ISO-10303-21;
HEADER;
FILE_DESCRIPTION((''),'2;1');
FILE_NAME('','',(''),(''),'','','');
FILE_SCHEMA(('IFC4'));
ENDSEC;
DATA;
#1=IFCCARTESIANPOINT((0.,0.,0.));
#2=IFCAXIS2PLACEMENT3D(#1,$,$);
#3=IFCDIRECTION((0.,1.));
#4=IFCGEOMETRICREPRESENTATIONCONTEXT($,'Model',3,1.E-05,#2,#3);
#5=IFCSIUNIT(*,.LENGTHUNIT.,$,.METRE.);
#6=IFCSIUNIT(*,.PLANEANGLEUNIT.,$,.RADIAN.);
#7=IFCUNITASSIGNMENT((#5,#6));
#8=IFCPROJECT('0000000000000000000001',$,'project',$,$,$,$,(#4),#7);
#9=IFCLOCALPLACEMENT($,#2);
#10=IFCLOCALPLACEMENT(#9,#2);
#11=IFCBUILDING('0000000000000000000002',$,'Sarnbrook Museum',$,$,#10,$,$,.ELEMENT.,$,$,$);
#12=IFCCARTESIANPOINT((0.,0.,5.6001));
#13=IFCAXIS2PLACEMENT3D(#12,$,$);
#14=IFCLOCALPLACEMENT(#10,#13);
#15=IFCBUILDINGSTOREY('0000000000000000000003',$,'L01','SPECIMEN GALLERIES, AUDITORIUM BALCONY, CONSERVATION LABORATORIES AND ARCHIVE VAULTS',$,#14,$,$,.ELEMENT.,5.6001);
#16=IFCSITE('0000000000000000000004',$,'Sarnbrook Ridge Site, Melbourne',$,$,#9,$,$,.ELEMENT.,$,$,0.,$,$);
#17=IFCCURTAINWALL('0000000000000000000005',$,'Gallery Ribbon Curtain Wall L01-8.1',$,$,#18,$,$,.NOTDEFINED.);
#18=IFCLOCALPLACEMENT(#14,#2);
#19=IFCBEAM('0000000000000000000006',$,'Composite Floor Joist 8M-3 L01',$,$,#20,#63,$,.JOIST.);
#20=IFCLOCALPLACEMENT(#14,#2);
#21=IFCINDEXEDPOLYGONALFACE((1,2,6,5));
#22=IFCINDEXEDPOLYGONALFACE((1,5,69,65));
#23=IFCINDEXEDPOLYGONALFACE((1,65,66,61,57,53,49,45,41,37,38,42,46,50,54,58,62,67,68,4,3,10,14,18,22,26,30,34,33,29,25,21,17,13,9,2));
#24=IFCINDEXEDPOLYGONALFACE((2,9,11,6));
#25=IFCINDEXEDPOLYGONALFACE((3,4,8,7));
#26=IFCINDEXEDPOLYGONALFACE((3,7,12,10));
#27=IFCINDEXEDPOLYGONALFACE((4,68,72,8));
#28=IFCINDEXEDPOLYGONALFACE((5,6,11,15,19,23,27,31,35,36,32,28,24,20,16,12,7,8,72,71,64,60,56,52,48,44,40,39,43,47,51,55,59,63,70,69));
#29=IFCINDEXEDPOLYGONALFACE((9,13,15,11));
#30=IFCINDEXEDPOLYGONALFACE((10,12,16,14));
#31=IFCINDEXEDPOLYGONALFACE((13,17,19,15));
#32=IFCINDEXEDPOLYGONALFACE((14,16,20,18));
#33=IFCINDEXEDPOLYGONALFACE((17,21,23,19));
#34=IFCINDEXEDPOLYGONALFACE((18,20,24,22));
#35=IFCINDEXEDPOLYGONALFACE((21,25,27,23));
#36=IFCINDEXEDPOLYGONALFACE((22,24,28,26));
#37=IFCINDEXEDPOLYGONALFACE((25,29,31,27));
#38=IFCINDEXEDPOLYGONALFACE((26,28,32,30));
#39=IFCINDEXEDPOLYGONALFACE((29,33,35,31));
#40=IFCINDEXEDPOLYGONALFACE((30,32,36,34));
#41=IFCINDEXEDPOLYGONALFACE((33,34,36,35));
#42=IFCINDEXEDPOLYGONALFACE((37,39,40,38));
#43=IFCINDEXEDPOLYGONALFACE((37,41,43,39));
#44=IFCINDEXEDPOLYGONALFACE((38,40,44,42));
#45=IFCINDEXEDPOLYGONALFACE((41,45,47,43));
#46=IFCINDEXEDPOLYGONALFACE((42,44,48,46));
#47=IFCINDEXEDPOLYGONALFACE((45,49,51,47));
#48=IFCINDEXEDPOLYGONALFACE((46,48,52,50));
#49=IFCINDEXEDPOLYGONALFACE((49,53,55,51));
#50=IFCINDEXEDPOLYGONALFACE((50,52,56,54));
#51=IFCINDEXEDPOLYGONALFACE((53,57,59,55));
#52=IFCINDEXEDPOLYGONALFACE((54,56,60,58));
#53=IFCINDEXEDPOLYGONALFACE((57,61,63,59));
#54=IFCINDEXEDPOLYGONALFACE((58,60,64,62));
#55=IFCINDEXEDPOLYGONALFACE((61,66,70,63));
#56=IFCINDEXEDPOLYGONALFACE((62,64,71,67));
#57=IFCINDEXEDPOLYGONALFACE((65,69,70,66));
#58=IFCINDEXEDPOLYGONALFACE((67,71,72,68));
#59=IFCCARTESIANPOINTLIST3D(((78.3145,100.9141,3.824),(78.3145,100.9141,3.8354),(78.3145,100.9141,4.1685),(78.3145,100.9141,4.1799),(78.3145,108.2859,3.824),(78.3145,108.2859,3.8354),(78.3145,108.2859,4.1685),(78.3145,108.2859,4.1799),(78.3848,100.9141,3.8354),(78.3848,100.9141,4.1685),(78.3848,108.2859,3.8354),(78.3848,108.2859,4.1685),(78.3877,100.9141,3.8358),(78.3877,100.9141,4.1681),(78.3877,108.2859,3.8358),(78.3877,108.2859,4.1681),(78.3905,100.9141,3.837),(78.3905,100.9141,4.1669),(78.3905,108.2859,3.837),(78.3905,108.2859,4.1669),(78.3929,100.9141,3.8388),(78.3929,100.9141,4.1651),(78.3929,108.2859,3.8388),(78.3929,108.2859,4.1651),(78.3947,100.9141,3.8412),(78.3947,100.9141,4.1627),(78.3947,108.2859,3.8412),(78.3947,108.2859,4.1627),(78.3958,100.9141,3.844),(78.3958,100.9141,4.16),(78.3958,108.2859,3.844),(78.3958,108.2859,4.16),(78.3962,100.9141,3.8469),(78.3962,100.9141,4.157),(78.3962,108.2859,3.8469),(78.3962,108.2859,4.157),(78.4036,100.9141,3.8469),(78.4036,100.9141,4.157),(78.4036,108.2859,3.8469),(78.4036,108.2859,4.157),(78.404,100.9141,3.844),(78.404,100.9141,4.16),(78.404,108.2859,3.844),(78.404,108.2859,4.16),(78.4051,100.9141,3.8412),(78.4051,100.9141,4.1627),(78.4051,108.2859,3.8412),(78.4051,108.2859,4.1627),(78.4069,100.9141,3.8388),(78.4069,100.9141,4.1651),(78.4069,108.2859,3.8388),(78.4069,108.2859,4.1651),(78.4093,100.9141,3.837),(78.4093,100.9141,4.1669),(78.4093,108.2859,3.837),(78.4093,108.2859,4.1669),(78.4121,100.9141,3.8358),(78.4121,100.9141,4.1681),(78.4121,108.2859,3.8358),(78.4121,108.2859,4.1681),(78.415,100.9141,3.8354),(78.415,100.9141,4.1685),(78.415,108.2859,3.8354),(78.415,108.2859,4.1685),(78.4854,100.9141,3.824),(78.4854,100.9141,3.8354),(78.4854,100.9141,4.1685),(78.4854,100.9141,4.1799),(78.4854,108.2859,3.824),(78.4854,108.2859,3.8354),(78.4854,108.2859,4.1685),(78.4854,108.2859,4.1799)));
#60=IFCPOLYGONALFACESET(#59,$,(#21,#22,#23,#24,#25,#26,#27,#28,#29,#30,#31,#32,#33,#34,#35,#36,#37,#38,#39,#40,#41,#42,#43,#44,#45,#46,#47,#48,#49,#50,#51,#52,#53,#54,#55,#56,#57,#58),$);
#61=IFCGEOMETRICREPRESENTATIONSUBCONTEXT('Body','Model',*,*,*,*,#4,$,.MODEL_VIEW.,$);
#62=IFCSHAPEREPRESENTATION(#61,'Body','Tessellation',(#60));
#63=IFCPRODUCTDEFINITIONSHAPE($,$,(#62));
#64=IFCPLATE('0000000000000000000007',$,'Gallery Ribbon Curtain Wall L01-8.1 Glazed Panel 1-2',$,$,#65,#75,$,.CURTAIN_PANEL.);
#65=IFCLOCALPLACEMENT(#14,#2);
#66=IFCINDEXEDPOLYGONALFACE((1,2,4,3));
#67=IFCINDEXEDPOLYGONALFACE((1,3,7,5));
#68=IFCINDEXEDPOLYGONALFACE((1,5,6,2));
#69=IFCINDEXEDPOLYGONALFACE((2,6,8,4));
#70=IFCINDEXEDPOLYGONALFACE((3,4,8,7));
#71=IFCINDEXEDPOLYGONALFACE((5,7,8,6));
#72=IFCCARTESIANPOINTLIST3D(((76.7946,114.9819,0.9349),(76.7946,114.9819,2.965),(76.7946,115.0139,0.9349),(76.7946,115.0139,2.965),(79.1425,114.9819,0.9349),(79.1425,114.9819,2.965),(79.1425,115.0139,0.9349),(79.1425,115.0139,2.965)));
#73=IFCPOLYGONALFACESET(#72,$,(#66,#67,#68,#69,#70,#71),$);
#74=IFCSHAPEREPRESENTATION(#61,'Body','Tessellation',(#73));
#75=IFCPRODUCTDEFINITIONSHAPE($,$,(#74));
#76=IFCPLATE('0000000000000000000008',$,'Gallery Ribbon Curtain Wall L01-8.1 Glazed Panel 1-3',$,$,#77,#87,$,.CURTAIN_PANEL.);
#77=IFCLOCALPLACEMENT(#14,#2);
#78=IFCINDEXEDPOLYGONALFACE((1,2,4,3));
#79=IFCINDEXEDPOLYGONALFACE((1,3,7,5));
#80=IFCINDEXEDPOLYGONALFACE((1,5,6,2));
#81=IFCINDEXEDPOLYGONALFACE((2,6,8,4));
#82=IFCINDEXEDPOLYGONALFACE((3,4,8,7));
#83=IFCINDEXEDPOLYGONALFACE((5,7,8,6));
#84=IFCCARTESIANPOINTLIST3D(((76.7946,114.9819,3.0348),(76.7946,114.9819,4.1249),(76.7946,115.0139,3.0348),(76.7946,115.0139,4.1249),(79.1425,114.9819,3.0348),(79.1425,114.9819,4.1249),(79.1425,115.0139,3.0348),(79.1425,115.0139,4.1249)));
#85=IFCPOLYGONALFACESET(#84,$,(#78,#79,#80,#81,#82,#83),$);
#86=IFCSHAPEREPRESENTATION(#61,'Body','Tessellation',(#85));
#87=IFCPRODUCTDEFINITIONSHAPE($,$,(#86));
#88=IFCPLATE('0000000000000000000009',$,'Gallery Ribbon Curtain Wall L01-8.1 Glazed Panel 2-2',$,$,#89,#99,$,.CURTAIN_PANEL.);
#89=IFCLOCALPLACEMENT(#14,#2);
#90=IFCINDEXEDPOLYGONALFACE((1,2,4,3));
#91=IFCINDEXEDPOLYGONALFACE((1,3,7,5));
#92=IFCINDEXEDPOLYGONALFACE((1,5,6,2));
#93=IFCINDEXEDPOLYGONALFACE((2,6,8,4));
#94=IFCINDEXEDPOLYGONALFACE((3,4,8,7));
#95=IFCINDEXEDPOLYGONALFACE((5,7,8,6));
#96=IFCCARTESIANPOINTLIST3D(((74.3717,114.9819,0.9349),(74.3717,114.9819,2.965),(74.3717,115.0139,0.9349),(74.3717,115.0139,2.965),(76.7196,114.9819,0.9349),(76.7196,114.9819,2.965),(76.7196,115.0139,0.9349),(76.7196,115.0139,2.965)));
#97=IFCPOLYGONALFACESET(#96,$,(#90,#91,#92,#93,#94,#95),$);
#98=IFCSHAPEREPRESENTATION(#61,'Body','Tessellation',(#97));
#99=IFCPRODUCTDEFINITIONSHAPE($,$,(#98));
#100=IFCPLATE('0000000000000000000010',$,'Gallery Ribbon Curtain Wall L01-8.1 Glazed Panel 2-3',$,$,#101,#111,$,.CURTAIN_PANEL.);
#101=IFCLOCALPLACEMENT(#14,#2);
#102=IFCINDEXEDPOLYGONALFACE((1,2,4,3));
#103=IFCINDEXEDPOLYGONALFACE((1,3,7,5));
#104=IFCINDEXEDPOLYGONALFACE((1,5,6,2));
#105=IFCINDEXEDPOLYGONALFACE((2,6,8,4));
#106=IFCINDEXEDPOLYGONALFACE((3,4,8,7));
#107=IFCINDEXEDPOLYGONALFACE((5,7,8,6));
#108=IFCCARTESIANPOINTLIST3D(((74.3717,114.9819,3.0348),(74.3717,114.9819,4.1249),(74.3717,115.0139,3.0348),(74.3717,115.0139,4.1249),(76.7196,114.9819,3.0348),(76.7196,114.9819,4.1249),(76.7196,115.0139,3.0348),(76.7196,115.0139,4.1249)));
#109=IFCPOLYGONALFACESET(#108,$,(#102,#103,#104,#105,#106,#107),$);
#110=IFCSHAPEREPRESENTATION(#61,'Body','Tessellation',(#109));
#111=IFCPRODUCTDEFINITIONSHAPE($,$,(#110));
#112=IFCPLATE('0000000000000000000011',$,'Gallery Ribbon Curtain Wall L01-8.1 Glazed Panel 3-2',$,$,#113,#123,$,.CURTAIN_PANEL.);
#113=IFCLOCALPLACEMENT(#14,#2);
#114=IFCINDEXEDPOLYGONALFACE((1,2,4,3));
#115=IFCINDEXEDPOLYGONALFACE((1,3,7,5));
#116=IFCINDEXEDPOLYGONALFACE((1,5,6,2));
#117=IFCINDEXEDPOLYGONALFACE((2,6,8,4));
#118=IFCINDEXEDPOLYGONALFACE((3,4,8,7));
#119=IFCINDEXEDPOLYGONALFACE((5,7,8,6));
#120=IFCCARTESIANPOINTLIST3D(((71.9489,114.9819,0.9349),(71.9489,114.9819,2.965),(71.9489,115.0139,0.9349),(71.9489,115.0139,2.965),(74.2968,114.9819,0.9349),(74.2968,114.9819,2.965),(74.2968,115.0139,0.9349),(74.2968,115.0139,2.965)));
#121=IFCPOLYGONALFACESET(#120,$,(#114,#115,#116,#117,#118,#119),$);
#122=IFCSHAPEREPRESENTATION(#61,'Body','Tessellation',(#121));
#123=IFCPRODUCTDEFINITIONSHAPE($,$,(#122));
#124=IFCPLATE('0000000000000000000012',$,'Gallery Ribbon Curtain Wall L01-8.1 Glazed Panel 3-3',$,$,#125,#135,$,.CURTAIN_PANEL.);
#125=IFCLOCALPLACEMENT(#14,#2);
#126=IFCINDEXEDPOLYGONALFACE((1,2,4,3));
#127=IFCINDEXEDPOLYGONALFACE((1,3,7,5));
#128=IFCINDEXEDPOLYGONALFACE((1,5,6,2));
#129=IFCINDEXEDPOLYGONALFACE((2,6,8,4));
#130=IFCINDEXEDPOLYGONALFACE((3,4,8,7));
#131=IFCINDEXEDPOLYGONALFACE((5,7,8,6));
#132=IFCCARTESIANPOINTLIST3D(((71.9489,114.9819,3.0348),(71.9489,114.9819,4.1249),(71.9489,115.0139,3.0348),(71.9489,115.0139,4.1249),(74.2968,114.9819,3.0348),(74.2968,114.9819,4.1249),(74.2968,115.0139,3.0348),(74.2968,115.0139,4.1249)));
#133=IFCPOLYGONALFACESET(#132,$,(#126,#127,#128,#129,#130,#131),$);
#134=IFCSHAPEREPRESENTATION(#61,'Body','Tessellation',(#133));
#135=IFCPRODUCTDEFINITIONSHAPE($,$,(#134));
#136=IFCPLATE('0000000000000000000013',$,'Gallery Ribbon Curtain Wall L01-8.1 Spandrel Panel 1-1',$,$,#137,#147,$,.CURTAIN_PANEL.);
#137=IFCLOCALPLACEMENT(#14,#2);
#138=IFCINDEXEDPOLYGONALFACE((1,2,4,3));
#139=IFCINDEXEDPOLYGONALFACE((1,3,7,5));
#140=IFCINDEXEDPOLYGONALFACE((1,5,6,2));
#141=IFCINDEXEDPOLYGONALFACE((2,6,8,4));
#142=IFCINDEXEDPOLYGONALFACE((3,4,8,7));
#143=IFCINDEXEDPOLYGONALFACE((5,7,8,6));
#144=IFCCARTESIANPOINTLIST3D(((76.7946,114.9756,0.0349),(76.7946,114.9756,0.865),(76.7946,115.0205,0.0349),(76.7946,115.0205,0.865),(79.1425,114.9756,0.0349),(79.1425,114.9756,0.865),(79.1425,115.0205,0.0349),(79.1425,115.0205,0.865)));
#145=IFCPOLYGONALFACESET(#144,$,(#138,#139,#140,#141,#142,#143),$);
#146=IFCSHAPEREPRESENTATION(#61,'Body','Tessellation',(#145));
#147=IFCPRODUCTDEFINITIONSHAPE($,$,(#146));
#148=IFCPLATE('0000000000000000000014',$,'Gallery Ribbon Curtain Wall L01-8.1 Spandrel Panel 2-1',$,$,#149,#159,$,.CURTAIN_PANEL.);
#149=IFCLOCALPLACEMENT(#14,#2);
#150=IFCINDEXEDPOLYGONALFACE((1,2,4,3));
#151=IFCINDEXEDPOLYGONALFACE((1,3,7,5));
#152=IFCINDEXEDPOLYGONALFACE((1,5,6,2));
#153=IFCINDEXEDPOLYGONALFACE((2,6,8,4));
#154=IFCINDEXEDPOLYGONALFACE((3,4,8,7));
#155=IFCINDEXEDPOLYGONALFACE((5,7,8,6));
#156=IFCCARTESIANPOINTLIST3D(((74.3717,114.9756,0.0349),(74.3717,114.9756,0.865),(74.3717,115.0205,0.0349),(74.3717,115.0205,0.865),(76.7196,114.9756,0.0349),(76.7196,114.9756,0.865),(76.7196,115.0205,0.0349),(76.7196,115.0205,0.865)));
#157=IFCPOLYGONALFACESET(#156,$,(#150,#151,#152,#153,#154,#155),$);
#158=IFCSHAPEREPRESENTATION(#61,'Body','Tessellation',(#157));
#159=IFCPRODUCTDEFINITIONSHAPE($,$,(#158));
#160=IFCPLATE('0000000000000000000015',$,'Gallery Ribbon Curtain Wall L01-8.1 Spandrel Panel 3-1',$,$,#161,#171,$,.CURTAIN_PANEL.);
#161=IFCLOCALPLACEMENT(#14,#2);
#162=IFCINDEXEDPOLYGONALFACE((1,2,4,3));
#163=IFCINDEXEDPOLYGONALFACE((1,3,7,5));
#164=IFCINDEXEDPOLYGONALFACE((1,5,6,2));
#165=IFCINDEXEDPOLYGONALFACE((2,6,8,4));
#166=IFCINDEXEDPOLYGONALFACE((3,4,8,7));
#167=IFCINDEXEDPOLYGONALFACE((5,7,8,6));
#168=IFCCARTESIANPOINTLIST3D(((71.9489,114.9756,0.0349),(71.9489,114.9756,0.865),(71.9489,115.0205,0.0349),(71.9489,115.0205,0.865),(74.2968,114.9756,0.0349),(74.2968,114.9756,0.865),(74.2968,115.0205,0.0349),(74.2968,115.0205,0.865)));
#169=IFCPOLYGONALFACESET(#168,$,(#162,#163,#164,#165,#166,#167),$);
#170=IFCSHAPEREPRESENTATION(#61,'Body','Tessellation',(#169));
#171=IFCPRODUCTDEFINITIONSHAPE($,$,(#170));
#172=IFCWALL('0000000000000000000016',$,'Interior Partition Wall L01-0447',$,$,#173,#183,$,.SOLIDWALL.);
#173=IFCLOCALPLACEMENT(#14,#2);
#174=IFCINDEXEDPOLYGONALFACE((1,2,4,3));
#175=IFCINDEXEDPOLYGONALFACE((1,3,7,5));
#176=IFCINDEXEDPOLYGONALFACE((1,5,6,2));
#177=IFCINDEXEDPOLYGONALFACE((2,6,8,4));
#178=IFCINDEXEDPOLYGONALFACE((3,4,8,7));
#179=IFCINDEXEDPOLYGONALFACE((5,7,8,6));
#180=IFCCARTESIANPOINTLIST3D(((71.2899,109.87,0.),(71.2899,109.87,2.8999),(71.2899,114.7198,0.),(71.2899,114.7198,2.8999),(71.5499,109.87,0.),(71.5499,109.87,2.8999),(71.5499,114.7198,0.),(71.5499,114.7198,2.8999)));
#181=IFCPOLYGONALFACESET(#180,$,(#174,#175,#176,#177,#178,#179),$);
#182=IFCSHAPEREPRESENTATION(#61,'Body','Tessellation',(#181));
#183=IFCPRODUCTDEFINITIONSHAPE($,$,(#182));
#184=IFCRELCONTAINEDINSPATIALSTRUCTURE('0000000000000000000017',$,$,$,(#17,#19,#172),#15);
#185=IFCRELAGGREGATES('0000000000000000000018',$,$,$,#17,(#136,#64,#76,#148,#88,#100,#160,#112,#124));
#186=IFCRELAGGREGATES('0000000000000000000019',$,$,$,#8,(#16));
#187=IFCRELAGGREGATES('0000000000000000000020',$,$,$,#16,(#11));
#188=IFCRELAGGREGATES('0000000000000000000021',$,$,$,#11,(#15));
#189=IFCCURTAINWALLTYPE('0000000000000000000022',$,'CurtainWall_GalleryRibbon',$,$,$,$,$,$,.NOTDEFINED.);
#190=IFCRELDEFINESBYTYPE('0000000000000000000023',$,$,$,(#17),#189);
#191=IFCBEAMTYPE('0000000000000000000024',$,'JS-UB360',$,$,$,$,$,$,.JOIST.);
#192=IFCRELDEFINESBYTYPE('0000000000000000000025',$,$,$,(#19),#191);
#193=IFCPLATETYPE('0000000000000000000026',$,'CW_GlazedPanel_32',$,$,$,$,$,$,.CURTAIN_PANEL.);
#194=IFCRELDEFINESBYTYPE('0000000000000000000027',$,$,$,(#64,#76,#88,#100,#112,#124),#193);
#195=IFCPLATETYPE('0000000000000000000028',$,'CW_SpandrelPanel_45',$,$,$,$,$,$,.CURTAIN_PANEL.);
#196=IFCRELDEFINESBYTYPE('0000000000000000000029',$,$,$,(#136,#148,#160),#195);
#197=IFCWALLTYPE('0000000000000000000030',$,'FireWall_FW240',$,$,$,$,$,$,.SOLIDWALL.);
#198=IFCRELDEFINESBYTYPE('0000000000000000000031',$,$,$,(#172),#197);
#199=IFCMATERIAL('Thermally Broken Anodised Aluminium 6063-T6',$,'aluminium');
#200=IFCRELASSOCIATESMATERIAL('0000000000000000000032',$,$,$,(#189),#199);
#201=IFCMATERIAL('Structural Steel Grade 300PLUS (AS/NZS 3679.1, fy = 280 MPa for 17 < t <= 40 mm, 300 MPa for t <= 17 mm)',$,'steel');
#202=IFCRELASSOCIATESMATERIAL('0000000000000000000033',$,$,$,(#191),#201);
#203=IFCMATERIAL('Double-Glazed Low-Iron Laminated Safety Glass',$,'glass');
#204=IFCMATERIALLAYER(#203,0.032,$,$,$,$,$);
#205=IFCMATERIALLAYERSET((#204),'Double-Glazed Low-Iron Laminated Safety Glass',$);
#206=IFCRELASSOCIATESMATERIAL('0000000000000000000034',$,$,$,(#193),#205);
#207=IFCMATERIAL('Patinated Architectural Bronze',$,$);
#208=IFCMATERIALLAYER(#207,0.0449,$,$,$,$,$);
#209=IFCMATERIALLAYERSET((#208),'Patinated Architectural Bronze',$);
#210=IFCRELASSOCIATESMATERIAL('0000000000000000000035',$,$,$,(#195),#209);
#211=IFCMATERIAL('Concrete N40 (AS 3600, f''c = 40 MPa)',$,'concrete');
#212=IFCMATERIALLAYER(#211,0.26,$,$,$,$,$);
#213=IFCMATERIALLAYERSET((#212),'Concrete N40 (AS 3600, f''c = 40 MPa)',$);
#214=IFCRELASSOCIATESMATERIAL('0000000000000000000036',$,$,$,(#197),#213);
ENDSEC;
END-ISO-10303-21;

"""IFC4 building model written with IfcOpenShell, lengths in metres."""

from ifc_helpers import new_model, si_unit, direction, frame, frame_2d, origin, origin_2d, place, context, subcontext, project, spatial, rectangle, i_section, extrude, material, layer, layer_set, material_profile, profile_set, type_object, element, aggregate, save


model = new_model("IFC4")

# Units and contexts
model_context = context("Model", 3, precision=1e-05, world=origin(), true_north=direction((0.0, 1.0)))
body_context = subcontext(model_context, "Body", "Model", "MODEL_VIEW")
ifc_project = project(units=[si_unit("LENGTHUNIT", "METRE"), si_unit("PLANEANGLEUNIT", "RADIAN")], contexts=[model_context])

# Site, building, storey
site_placement = place(None, origin())
site = spatial("IfcSite", under=ifc_project, at=site_placement, Name="Sarnbrook Ridge Site, Melbourne", CompositionType="ELEMENT", RefElevation=0.0)
building_placement = place(site_placement, origin())
building = spatial("IfcBuilding", under=site, at=building_placement, Name="Sarnbrook Museum", CompositionType="ELEMENT")
storey_placement = place(building_placement, frame((0.0, 0.0, 5.6001)))
storey = spatial("IfcBuildingStorey", under=building, at=storey_placement, Name="L01", Description="SPECIMEN GALLERIES, AUDITORIUM BALCONY, CONSERVATION LABORATORIES AND ARCHIVE VAULTS", CompositionType="ELEMENT", Elevation=5.6001)

# Shared definitions
ifc_material_1 = material(Name="Concrete N40 (AS 3600, f'c = 40 MPa)", Category="concrete")

# Curtain wall
ifc_material_2 = material(Name="Thermally Broken Anodised Aluminium 6063-T6", Category="aluminium")
curtain_wall_type = type_object("IfcCurtainWallType", Name="CurtainWall_GalleryRibbon", PredefinedType="NOTDEFINED", material=ifc_material_2)
curtain_wall_placement = place(storey_placement, origin())
curtain_wall = element("IfcCurtainWall", 1, at=curtain_wall_placement, inside=storey, type_object=curtain_wall_type, Name="Gallery Ribbon Curtain Wall L01-8.1", PredefinedType="NOTDEFINED")

# Beam
ifc_material_3 = material(Name="Structural Steel Grade 300PLUS (AS/NZS 3679.1, fy = 280 MPa for 17 < t <= 40 mm, 300 MPa for t <= 17 mm)", Category="steel")
ifc_material_profile_1 = material_profile(ifc_material_3, i_section(OverallWidth=0.1709, OverallDepth=0.356, WebThickness=0.0073, FlangeThickness=0.0115, FilletRadius=0.0115, at=origin_2d()), Name="360UB50.7")
ifc_profile_set_1 = profile_set([ifc_material_profile_1], Name="Structural Steel Grade 300PLUS (AS/NZS 3679.1, fy = 280 MPa for 17 < t <= 40 mm, 300 MPa for t <= 17 mm)")
beam_type_1 = type_object("IfcBeamType", Name="JS-UB360", PredefinedType="JOIST", material=ifc_profile_set_1)
for number, where, z_axis, x_axis, name in (
    (2, (78.3999, 100.9141, 4.002), (0.0, 1.0, 0.0), (-1.0, 0.0, 0.0), "Composite Floor Joist 8M-3 L01"),
):
    element("IfcBeam", number, at=place(storey_placement, frame(where, z_axis=z_axis, x_axis=x_axis)), inside=storey, type_object=beam_type_1, Name=name, PredefinedType="JOIST", context=body_context, shape_type="SweptSolid", body=[
        extrude(i_section(OverallWidth=0.1709, OverallDepth=0.356, WebThickness=0.0073, FlangeThickness=0.0115, FilletRadius=0.0115, at=origin_2d()), origin(), (0.0, 0.0, 1.0), 7.3718),
    ])

# Plates
ifc_material_4 = material(Name="Double-Glazed Low-Iron Laminated Safety Glass", Category="glass")
ifc_layer_1 = layer(ifc_material_4, 0.032)
ifc_layer_set_1 = layer_set([ifc_layer_1], Name="Double-Glazed Low-Iron Laminated Safety Glass")
plate_type_1 = type_object("IfcPlateType", Name="CW_GlazedPanel_32", PredefinedType="CURTAIN_PANEL", material=ifc_layer_set_1)
plate_1_placement = place(storey_placement, frame((77.9685, 114.9819, 1.95), z_axis=(0.0, 1.0, 0.0), x_axis=(-1.0, 0.0, 0.0)))
plate_1 = element("IfcPlate", 3, at=plate_1_placement, type_object=plate_type_1, Name="Gallery Ribbon Curtain Wall L01-8.1 Glazed Panel 1-2", PredefinedType="CURTAIN_PANEL", context=body_context, shape_type="SweptSolid", body=[
    extrude(rectangle(XDim=2.3479, YDim=2.03, at=origin_2d()), origin(), (0.0, 0.0, 1.0), 0.032),
])
plate_2_placement = place(storey_placement, frame((77.9685, 114.9819, 3.5798), z_axis=(0.0, 1.0, 0.0), x_axis=(-1.0, 0.0, 0.0)))
plate_2 = element("IfcPlate", 4, at=plate_2_placement, type_object=plate_type_1, Name="Gallery Ribbon Curtain Wall L01-8.1 Glazed Panel 1-3", PredefinedType="CURTAIN_PANEL", context=body_context, shape_type="SweptSolid", body=[
    extrude(rectangle(XDim=2.3479, YDim=1.0901, at=origin_2d()), origin(), (0.0, 0.0, 1.0), 0.032),
])
plate_3_placement = place(storey_placement, frame((75.5457, 114.9819, 1.95), z_axis=(0.0, 1.0, 0.0), x_axis=(-1.0, 0.0, 0.0)))
plate_3 = element("IfcPlate", 5, at=plate_3_placement, type_object=plate_type_1, Name="Gallery Ribbon Curtain Wall L01-8.1 Glazed Panel 2-2", PredefinedType="CURTAIN_PANEL", context=body_context, shape_type="SweptSolid", body=[
    extrude(rectangle(XDim=2.3479, YDim=2.03, at=origin_2d()), origin(), (0.0, 0.0, 1.0), 0.032),
])
plate_4_placement = place(storey_placement, frame((75.5457, 114.9819, 3.5798), z_axis=(0.0, 1.0, 0.0), x_axis=(-1.0, 0.0, 0.0)))
plate_4 = element("IfcPlate", 6, at=plate_4_placement, type_object=plate_type_1, Name="Gallery Ribbon Curtain Wall L01-8.1 Glazed Panel 2-3", PredefinedType="CURTAIN_PANEL", context=body_context, shape_type="SweptSolid", body=[
    extrude(rectangle(XDim=2.3479, YDim=1.0901, at=origin_2d()), origin(), (0.0, 0.0, 1.0), 0.032),
])
plate_5_placement = place(storey_placement, frame((73.1228, 114.9819, 1.95), z_axis=(0.0, 1.0, 0.0), x_axis=(-1.0, 0.0, 0.0)))
plate_5 = element("IfcPlate", 7, at=plate_5_placement, type_object=plate_type_1, Name="Gallery Ribbon Curtain Wall L01-8.1 Glazed Panel 3-2", PredefinedType="CURTAIN_PANEL", context=body_context, shape_type="SweptSolid", body=[
    extrude(rectangle(XDim=2.3479, YDim=2.03, at=origin_2d()), origin(), (0.0, 0.0, 1.0), 0.032),
])
plate_6_placement = place(storey_placement, frame((73.1228, 114.9819, 3.5798), z_axis=(0.0, 1.0, 0.0), x_axis=(-1.0, 0.0, 0.0)))
plate_6 = element("IfcPlate", 8, at=plate_6_placement, type_object=plate_type_1, Name="Gallery Ribbon Curtain Wall L01-8.1 Glazed Panel 3-3", PredefinedType="CURTAIN_PANEL", context=body_context, shape_type="SweptSolid", body=[
    extrude(rectangle(XDim=2.3479, YDim=1.0901, at=origin_2d()), origin(), (0.0, 0.0, 1.0), 0.032),
])
ifc_material_5 = material(Name="Patinated Architectural Bronze")
ifc_layer_2 = layer(ifc_material_5, 0.0449)
ifc_layer_set_2 = layer_set([ifc_layer_2], Name="Patinated Architectural Bronze")
plate_type_2 = type_object("IfcPlateType", Name="CW_SpandrelPanel_45", PredefinedType="CURTAIN_PANEL", material=ifc_layer_set_2)
plate_7_placement = place(storey_placement, frame((77.9685, 114.9756, 0.45), z_axis=(0.0, 1.0, 0.0), x_axis=(-1.0, 0.0, 0.0)))
plate_7 = element("IfcPlate", 9, at=plate_7_placement, type_object=plate_type_2, Name="Gallery Ribbon Curtain Wall L01-8.1 Spandrel Panel 1-1", PredefinedType="CURTAIN_PANEL", context=body_context, shape_type="SweptSolid", body=[
    extrude(rectangle(XDim=2.3479, YDim=0.8301, at=origin_2d()), origin(), (0.0, 0.0, 1.0), 0.0449),
])
plate_8_placement = place(storey_placement, frame((75.5457, 114.9756, 0.45), z_axis=(0.0, 1.0, 0.0), x_axis=(-1.0, 0.0, 0.0)))
plate_8 = element("IfcPlate", 10, at=plate_8_placement, type_object=plate_type_2, Name="Gallery Ribbon Curtain Wall L01-8.1 Spandrel Panel 2-1", PredefinedType="CURTAIN_PANEL", context=body_context, shape_type="SweptSolid", body=[
    extrude(rectangle(XDim=2.3479, YDim=0.8301, at=origin_2d()), origin(), (0.0, 0.0, 1.0), 0.0449),
])
plate_9_placement = place(storey_placement, frame((73.1228, 114.9756, 0.45), z_axis=(0.0, 1.0, 0.0), x_axis=(-1.0, 0.0, 0.0)))
plate_9 = element("IfcPlate", 11, at=plate_9_placement, type_object=plate_type_2, Name="Gallery Ribbon Curtain Wall L01-8.1 Spandrel Panel 3-1", PredefinedType="CURTAIN_PANEL", context=body_context, shape_type="SweptSolid", body=[
    extrude(rectangle(XDim=2.3479, YDim=0.8301, at=origin_2d()), origin(), (0.0, 0.0, 1.0), 0.0449),
])
aggregate(curtain_wall, [plate_7, plate_1, plate_2, plate_8, plate_3, plate_4, plate_9, plate_5, plate_6])

# Wall
ifc_layer_3 = layer(ifc_material_1, 0.26)
ifc_layer_set_3 = layer_set([ifc_layer_3], Name="Concrete N40 (AS 3600, f'c = 40 MPa)")
wall_type_1 = type_object("IfcWallType", Name="FireWall_FW240", PredefinedType="SOLIDWALL", material=ifc_layer_set_3)
wall_1_placement = place(storey_placement, frame((71.4199, 109.8701, 0.0), z_axis=(0.0, 0.0, 1.0), x_axis=(0.0, 1.0, 0.0)))
element("IfcWall", 12, at=wall_1_placement, inside=storey, type_object=wall_type_1, Name="Interior Partition Wall L01-0447", PredefinedType="SOLIDWALL", context=body_context, shape_type="SweptSolid", body=[
    extrude(rectangle(XDim=4.8499, YDim=0.26, at=frame_2d((2.4248, 0.0))), origin(), (0.0, 0.0, 1.0), 2.8999),
])

save(model, "model.ifc")
